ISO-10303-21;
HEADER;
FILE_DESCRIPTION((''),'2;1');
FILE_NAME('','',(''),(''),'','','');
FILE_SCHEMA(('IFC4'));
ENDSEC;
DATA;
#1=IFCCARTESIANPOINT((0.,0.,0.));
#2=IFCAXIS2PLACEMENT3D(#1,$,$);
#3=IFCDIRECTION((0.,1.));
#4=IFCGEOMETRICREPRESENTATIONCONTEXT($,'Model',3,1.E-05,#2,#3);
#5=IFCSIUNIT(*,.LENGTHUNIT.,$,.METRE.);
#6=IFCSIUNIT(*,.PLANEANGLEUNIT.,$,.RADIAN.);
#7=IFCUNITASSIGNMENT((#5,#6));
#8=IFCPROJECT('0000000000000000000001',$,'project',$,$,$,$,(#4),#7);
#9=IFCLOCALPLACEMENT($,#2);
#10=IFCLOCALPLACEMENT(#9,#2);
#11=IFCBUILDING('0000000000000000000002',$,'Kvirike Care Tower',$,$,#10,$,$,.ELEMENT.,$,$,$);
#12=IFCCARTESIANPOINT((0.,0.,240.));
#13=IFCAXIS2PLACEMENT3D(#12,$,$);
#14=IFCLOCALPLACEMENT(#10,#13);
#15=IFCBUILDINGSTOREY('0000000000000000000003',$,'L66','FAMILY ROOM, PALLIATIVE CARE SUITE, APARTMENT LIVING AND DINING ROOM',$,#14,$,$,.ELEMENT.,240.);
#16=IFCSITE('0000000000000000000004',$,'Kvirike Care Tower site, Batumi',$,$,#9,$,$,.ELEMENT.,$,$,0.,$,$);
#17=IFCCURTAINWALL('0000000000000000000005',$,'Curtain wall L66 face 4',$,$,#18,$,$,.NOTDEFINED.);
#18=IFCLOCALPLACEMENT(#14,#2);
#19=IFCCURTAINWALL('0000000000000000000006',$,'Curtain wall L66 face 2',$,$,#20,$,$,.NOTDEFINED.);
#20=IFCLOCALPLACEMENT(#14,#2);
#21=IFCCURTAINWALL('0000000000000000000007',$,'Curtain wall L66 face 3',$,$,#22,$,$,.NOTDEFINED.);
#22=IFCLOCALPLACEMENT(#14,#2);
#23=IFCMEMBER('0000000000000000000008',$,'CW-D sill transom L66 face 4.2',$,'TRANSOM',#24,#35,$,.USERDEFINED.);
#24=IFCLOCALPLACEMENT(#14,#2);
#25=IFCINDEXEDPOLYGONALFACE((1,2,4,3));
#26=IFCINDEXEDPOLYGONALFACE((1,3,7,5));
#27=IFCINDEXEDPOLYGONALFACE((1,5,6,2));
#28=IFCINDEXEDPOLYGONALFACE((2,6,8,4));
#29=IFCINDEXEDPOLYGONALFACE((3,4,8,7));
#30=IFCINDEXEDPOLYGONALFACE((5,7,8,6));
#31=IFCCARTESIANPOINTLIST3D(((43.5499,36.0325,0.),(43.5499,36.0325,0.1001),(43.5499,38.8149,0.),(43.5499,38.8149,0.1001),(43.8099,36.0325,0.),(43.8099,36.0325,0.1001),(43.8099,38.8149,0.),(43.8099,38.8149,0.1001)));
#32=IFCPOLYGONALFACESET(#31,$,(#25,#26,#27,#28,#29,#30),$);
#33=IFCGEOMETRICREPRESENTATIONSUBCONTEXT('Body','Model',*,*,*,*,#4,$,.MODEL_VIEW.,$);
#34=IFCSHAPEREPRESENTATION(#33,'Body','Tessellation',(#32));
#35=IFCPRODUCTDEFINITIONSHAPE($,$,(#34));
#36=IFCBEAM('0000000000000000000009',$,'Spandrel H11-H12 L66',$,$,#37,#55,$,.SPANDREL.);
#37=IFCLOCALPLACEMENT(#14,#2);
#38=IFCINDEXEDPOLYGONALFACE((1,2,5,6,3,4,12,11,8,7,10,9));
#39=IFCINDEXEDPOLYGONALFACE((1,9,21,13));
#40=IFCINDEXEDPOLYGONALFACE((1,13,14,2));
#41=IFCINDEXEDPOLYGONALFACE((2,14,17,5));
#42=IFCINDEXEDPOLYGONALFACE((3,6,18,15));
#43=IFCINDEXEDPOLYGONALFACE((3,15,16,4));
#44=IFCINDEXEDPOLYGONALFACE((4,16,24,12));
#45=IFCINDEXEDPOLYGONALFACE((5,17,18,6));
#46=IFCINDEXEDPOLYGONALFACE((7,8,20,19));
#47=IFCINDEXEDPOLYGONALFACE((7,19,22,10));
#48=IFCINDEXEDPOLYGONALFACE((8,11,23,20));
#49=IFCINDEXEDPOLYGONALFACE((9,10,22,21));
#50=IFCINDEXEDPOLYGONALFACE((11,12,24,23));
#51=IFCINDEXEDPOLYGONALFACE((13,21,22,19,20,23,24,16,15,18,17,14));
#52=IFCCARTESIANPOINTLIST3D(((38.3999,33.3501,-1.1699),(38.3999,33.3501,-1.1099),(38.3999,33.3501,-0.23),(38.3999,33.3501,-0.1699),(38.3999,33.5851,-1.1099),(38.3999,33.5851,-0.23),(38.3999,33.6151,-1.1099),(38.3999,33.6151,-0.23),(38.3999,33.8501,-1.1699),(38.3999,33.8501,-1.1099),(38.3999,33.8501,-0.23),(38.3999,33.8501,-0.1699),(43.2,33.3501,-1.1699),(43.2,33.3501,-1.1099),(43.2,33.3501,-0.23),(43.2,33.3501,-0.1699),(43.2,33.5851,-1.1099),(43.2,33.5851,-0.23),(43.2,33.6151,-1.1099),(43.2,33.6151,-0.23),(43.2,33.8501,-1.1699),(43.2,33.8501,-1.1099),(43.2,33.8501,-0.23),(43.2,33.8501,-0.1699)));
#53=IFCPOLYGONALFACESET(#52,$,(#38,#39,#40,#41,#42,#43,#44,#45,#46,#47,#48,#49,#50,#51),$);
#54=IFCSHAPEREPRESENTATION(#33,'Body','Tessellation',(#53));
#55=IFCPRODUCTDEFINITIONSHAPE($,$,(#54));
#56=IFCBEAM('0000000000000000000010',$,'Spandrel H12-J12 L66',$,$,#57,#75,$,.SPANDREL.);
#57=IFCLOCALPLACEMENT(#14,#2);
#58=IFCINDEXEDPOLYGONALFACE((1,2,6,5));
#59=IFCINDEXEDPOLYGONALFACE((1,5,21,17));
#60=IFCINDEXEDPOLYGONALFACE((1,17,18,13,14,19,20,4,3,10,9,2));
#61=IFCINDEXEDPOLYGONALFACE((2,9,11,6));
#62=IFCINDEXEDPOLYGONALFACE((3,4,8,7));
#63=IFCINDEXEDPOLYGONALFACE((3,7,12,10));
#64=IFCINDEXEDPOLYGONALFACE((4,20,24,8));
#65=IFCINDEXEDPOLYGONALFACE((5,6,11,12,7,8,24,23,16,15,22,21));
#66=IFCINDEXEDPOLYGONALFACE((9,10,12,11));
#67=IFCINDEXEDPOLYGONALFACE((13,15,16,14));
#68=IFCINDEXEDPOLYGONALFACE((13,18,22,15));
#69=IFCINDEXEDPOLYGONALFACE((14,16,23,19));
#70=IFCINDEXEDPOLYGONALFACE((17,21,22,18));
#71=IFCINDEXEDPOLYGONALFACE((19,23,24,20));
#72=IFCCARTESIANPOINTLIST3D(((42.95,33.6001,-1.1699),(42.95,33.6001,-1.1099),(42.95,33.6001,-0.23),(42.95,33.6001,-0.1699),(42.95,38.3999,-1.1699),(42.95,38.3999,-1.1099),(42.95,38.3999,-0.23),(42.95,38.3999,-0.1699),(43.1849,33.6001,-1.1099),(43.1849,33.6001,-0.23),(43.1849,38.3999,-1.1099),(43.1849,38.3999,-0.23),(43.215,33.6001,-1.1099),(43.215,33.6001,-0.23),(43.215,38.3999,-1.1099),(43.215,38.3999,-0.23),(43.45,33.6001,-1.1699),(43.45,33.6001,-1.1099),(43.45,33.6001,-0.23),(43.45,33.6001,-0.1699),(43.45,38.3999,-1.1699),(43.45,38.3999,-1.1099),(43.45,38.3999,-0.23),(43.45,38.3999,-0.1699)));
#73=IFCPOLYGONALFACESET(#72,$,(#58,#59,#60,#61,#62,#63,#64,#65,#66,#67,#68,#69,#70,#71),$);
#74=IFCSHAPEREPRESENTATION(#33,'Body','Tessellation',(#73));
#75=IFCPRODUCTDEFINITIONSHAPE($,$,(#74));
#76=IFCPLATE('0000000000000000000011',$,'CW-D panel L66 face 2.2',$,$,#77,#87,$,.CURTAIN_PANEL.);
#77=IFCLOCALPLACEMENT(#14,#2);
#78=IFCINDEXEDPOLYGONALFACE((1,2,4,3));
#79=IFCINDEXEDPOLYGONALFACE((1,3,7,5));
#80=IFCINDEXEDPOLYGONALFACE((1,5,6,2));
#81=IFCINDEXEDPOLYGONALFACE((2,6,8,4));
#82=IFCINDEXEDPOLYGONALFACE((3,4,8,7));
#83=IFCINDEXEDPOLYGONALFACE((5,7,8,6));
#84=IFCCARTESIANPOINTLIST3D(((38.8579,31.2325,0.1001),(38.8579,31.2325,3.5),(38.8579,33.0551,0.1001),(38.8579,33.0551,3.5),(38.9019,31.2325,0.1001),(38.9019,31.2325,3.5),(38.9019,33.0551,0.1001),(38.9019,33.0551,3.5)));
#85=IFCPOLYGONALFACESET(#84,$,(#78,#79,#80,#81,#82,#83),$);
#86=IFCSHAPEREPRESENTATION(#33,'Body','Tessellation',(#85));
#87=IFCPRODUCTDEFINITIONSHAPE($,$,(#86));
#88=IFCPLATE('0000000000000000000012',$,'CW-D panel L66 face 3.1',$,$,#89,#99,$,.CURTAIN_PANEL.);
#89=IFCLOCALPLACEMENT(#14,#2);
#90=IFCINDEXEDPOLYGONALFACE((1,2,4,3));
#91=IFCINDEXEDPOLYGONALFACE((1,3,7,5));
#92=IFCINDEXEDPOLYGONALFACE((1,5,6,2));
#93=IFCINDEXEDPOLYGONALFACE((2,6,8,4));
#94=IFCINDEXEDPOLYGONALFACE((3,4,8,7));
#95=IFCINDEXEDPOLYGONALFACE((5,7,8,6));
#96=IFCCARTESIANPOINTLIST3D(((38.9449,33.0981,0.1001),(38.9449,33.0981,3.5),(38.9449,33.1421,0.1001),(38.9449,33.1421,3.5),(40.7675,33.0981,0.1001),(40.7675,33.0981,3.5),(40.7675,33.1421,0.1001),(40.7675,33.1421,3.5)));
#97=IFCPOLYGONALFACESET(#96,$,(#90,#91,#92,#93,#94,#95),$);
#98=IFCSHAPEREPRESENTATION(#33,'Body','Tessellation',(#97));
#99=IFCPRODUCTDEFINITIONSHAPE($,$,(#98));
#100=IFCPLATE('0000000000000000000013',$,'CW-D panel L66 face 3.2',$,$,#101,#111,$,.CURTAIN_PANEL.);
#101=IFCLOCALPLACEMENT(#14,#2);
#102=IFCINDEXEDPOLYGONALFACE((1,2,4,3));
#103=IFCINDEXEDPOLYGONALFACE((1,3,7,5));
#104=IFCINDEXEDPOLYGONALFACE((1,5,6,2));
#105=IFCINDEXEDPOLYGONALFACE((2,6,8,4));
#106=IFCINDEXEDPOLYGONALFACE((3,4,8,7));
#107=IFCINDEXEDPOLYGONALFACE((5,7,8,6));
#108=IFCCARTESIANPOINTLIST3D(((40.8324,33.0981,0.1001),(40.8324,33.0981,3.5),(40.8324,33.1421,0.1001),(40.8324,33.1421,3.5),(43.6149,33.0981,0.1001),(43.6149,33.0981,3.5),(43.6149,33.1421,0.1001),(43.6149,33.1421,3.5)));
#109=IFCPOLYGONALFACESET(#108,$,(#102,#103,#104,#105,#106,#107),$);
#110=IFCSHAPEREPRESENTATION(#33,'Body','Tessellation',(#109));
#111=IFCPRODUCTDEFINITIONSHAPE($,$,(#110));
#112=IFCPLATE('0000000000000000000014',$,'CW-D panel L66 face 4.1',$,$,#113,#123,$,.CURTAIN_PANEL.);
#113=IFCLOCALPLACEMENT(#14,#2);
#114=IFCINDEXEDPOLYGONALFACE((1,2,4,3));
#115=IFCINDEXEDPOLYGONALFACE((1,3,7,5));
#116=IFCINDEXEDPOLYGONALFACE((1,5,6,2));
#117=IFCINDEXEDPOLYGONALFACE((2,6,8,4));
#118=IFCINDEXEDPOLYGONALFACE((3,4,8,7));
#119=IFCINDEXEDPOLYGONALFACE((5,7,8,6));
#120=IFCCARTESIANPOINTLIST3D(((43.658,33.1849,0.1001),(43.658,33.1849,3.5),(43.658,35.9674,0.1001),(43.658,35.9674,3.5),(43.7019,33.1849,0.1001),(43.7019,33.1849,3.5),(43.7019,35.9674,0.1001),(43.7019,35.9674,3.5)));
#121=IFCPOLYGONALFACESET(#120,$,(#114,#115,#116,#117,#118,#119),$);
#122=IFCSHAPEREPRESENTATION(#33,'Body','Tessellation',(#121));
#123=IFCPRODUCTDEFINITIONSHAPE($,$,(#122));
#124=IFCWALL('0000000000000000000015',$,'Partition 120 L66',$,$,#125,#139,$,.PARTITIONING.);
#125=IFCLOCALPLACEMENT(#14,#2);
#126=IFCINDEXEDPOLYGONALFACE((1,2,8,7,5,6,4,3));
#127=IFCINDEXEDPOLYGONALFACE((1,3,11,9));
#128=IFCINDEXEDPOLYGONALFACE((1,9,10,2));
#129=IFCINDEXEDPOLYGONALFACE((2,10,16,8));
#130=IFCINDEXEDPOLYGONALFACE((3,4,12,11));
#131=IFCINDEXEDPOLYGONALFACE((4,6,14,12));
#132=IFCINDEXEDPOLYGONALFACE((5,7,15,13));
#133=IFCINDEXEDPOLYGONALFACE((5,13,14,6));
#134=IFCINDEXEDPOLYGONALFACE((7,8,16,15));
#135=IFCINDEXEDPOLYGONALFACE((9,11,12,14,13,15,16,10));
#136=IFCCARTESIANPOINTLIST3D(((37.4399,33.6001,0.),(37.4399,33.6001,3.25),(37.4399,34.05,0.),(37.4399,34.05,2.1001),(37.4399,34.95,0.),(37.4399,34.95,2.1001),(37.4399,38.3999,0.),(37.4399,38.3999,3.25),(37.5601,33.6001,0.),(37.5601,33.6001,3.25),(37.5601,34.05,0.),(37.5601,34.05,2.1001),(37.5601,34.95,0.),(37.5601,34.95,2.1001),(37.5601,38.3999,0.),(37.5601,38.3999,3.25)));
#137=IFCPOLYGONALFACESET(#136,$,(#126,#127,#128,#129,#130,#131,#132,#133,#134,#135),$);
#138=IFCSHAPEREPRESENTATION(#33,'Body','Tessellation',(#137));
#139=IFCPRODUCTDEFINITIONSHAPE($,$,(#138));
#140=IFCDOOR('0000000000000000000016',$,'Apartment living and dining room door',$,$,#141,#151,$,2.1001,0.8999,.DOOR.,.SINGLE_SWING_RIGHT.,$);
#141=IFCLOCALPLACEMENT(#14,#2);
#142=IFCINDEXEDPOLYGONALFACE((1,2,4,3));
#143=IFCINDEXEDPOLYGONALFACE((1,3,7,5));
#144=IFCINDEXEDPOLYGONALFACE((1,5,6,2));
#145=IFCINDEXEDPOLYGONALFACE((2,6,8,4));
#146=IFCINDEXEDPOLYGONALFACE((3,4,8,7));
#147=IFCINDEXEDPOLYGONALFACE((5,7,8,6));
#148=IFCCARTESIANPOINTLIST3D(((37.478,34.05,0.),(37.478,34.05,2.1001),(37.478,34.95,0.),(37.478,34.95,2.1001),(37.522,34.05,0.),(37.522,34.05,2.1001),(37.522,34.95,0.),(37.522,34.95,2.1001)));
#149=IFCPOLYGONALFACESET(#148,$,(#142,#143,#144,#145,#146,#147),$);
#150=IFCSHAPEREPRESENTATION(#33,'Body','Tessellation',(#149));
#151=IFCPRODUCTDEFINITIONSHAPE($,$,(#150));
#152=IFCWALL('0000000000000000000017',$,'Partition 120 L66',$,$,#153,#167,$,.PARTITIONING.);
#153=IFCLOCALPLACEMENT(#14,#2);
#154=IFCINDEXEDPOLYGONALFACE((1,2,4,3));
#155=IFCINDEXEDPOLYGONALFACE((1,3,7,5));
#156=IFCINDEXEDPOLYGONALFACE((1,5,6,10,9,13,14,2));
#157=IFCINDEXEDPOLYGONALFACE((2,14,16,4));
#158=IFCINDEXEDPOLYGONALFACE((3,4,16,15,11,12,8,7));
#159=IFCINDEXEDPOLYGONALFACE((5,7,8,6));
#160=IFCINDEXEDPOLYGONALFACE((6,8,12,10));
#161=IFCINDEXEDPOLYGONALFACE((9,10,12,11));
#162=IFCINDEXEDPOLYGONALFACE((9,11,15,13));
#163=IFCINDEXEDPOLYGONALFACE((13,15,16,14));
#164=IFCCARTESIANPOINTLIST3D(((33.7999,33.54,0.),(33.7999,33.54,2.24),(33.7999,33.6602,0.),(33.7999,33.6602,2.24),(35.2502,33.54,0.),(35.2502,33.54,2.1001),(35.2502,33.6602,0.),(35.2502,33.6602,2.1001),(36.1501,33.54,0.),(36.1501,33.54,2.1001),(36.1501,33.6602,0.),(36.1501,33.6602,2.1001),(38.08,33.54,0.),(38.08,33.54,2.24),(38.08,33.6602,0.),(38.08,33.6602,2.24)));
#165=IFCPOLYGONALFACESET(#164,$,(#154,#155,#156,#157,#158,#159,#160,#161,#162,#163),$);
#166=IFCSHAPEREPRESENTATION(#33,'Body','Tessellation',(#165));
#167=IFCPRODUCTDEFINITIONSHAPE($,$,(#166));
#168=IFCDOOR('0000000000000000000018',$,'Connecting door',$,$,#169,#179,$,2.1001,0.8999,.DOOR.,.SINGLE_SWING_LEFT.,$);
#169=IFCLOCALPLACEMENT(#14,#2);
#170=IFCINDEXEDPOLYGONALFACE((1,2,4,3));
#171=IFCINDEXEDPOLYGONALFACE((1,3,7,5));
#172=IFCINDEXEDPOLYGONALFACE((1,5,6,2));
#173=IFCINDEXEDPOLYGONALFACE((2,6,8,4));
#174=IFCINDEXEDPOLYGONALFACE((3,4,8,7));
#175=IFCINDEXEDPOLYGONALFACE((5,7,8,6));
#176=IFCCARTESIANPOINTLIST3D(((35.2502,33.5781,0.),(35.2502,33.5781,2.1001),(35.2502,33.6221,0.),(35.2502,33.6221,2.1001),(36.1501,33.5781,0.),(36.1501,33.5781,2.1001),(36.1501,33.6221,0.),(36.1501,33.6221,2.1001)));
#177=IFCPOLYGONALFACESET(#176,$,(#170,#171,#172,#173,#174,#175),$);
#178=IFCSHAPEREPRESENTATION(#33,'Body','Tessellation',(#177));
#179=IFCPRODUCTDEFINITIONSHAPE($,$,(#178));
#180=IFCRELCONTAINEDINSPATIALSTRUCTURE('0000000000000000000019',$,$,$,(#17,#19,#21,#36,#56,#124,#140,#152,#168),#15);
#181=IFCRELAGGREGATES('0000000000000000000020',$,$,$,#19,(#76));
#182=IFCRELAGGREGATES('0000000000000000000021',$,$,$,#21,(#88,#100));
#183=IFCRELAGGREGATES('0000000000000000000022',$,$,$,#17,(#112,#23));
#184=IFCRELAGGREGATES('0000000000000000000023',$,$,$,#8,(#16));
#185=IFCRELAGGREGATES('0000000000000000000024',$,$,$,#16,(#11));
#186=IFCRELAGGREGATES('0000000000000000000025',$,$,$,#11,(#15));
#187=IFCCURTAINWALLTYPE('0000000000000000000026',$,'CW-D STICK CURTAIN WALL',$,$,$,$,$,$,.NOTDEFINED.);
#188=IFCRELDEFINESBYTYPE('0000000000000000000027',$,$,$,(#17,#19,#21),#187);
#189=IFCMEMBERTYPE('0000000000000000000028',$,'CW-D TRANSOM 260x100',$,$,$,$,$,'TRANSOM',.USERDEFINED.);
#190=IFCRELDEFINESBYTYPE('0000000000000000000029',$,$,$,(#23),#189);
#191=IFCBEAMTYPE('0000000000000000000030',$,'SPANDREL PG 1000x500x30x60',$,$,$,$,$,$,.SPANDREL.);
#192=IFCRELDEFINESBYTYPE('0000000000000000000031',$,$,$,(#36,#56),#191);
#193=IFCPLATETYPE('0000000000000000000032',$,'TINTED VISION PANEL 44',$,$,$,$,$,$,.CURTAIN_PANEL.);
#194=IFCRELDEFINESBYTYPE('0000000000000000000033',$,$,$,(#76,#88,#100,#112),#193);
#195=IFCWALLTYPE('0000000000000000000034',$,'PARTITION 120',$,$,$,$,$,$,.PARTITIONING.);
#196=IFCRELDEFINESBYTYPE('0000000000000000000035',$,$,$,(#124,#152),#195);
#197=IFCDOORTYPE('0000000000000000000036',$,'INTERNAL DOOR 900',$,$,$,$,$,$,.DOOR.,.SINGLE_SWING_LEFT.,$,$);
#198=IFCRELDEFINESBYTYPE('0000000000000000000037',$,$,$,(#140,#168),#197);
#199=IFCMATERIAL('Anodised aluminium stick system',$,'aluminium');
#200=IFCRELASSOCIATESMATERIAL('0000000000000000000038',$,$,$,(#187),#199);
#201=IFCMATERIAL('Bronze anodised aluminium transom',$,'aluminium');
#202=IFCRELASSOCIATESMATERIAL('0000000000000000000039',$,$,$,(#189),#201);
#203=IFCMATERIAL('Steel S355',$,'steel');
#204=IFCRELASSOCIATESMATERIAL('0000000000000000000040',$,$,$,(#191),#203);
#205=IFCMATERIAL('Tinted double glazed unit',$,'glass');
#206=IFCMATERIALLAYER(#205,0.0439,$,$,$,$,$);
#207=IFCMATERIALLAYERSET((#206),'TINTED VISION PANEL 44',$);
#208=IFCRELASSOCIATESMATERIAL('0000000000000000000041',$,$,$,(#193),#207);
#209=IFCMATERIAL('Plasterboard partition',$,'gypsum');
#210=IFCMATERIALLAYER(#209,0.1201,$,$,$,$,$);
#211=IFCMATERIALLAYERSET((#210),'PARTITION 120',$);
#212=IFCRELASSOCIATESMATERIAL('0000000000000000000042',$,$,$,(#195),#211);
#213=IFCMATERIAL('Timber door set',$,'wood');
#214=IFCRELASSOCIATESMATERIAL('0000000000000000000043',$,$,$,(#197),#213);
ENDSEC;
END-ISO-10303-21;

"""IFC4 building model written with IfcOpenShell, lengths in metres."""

from ifc_helpers import new_model, si_unit, direction, frame, frame_2d, origin, origin_2d, place, context, subcontext, project, spatial, rectangle, i_section, extrude, material, layer, layer_set, material_profile, profile_set, type_object, element, fill, aggregate, save


model = new_model("IFC4")

# Units and contexts
model_context = context("Model", 3, precision=1e-05, world=origin(), true_north=direction((0.0, 1.0)))
body_context = subcontext(model_context, "Body", "Model", "MODEL_VIEW")
ifc_project = project(units=[si_unit("LENGTHUNIT", "METRE"), si_unit("PLANEANGLEUNIT", "RADIAN")], contexts=[model_context])

# Site, building, storey
site_placement = place(None, origin())
site = spatial("IfcSite", under=ifc_project, at=site_placement, Name="Kvirike Care Tower site, Batumi", CompositionType="ELEMENT", RefElevation=0.0)
building_placement = place(site_placement, origin())
building = spatial("IfcBuilding", under=site, at=building_placement, Name="Kvirike Care Tower", CompositionType="ELEMENT")
storey_placement = place(building_placement, frame((0.0, 0.0, 240.0)))
storey = spatial("IfcBuildingStorey", under=building, at=storey_placement, Name="L66", Description="FAMILY ROOM, PALLIATIVE CARE SUITE, APARTMENT LIVING AND DINING ROOM", CompositionType="ELEMENT", Elevation=240.0)

# Curtain walls
ifc_material_1 = material(Name="Anodised aluminium stick system", Category="aluminium")
curtain_wall_type = type_object("IfcCurtainWallType", Name="CW-D STICK CURTAIN WALL", PredefinedType="NOTDEFINED", material=ifc_material_1)
curtain_wall_1_placement = place(storey_placement, origin())
curtain_wall_1 = element("IfcCurtainWall", 1, at=curtain_wall_1_placement, inside=storey, type_object=curtain_wall_type, Name="Curtain wall L66 face 4", PredefinedType="NOTDEFINED")
curtain_wall_2_placement = place(storey_placement, origin())
curtain_wall_2 = element("IfcCurtainWall", 2, at=curtain_wall_2_placement, inside=storey, type_object=curtain_wall_type, Name="Curtain wall L66 face 2", PredefinedType="NOTDEFINED")

# Curtain wall
curtain_wall_3_placement = place(storey_placement, origin())
curtain_wall_3 = element("IfcCurtainWall", 3, at=curtain_wall_3_placement, inside=storey, type_object=curtain_wall_type, Name="Curtain wall L66 face 3", PredefinedType="NOTDEFINED")

# Member
ifc_material_2 = material(Name="Bronze anodised aluminium transom", Category="aluminium")
ifc_material_profile_1 = material_profile(ifc_material_2, rectangle(XDim=0.26, YDim=0.1001, at=origin_2d()), Name="CW-D TRANSOM 260x100")
ifc_profile_set_1 = profile_set([ifc_material_profile_1], Name="Bronze anodised aluminium transom")
member_type_1 = type_object("IfcMemberType", Name="CW-D TRANSOM 260x100", ElementType="TRANSOM", PredefinedType="USERDEFINED", material=ifc_profile_set_1)
member_1_placement = place(storey_placement, frame((43.6799, 36.0325, 0.05), z_axis=(0.0, 1.0, 0.0), x_axis=(-1.0, 0.0, 0.0)))
member_1 = element("IfcMember", 4, at=member_1_placement, type_object=member_type_1, Name="CW-D sill transom L66 face 4.2", ObjectType="TRANSOM", PredefinedType="USERDEFINED", context=body_context, shape_type="SweptSolid", body=[
    extrude(rectangle(XDim=0.26, YDim=0.1001, at=origin_2d()), origin(), (0.0, 0.0, 1.0), 2.7825),
])

# Beams
ifc_material_3 = material(Name="Steel S355", Category="steel")
ifc_material_profile_2 = material_profile(ifc_material_3, i_section(OverallWidth=0.5, OverallDepth=1.0, WebThickness=0.03, FlangeThickness=0.0601, at=origin_2d()), Name="PG 1000x500x30x60")
ifc_profile_set_2 = profile_set([ifc_material_profile_2], Name="Steel S355")
beam_type = type_object("IfcBeamType", Name="SPANDREL PG 1000x500x30x60", PredefinedType="SPANDREL", material=ifc_profile_set_2)
beam_1_placement = place(storey_placement, frame((38.3999, 33.6001, -0.6699), z_axis=(1.0, 0.0, 0.0), x_axis=(0.0, 1.0, 0.0)))
element("IfcBeam", 5, at=beam_1_placement, inside=storey, type_object=beam_type, Name="Spandrel H11-H12 L66", PredefinedType="SPANDREL", context=body_context, shape_type="SweptSolid", body=[
    extrude(i_section(OverallWidth=0.5, OverallDepth=1.0, WebThickness=0.03, FlangeThickness=0.0601, at=origin_2d()), origin(), (0.0, 0.0, 1.0), 4.8),
])
beam_2_placement = place(storey_placement, frame((43.2, 33.6001, -0.6699), z_axis=(0.0, 1.0, 0.0), x_axis=(-1.0, 0.0, 0.0)))
element("IfcBeam", 6, at=beam_2_placement, inside=storey, type_object=beam_type, Name="Spandrel H12-J12 L66", PredefinedType="SPANDREL", context=body_context, shape_type="SweptSolid", body=[
    extrude(i_section(OverallWidth=0.5, OverallDepth=1.0, WebThickness=0.03, FlangeThickness=0.0601, at=origin_2d()), origin(), (0.0, 0.0, 1.0), 4.7998),
])

# Plates
ifc_material_4 = material(Name="Tinted double glazed unit", Category="glass")
ifc_layer_1 = layer(ifc_material_4, 0.0439)
ifc_layer_set_1 = layer_set([ifc_layer_1], Name="TINTED VISION PANEL 44")
plate_type = type_object("IfcPlateType", Name="TINTED VISION PANEL 44", PredefinedType="CURTAIN_PANEL", material=ifc_layer_set_1)
plate_1_placement = place(storey_placement, frame((38.8799, 32.1438, 0.1001), z_axis=(0.0, 0.0, 1.0), x_axis=(0.0, 1.0, 0.0)))
plate_1 = element("IfcPlate", 7, at=plate_1_placement, type_object=plate_type, Name="CW-D panel L66 face 2.2", PredefinedType="CURTAIN_PANEL", context=body_context, shape_type="SweptSolid", body=[
    extrude(rectangle(XDim=1.8225, YDim=0.0439, at=origin_2d()), origin(), (0.0, 0.0, 1.0), 3.3999),
])
aggregate(curtain_wall_2, [plate_1])
plate_2_placement = place(storey_placement, frame((39.8562, 33.1201, 0.1001), z_axis=(0.0, 0.0, 1.0), x_axis=(1.0, 0.0, 0.0)))
plate_2 = element("IfcPlate", 8, at=plate_2_placement, type_object=plate_type, Name="CW-D panel L66 face 3.1", PredefinedType="CURTAIN_PANEL", context=body_context, shape_type="SweptSolid", body=[
    extrude(rectangle(XDim=1.8225, YDim=0.0439, at=origin_2d()), origin(), (0.0, 0.0, 1.0), 3.3999),
])
plate_3_placement = place(storey_placement, frame((42.2236, 33.1201, 0.1001), z_axis=(0.0, 0.0, 1.0), x_axis=(1.0, 0.0, 0.0)))
plate_3 = element("IfcPlate", 9, at=plate_3_placement, type_object=plate_type, Name="CW-D panel L66 face 3.2", PredefinedType="CURTAIN_PANEL", context=body_context, shape_type="SweptSolid", body=[
    extrude(rectangle(XDim=2.7825, YDim=0.0439, at=origin_2d()), origin(), (0.0, 0.0, 1.0), 3.3999),
])
aggregate(curtain_wall_3, [plate_2, plate_3])
plate_4_placement = place(storey_placement, frame((43.6799, 34.5762, 0.1001), z_axis=(0.0, 0.0, 1.0), x_axis=(0.0, 1.0, 0.0)))
plate_4 = element("IfcPlate", 10, at=plate_4_placement, type_object=plate_type, Name="CW-D panel L66 face 4.1", PredefinedType="CURTAIN_PANEL", context=body_context, shape_type="SweptSolid", body=[
    extrude(rectangle(XDim=2.7825, YDim=0.0439, at=origin_2d()), origin(), (0.0, 0.0, 1.0), 3.3999),
])
aggregate(curtain_wall_1, [plate_4, member_1])

# Walls, openings, doors
ifc_material_5 = material(Name="Plasterboard partition", Category="gypsum")
ifc_layer_2 = layer(ifc_material_5, 0.1201)
ifc_layer_set_2 = layer_set([ifc_layer_2], Name="PARTITION 120")
wall_type_1 = type_object("IfcWallType", Name="PARTITION 120", PredefinedType="PARTITIONING", material=ifc_layer_set_2)
wall_1_placement = place(storey_placement, frame((37.5, 33.6001, 0.0), z_axis=(0.0, 0.0, 1.0), x_axis=(0.0, 1.0, 0.0)))
wall_1 = element("IfcWall", 11, at=wall_1_placement, inside=storey, type_object=wall_type_1, Name="Partition 120 L66", PredefinedType="PARTITIONING", context=body_context, shape_type="SweptSolid", body=[
    extrude(rectangle(XDim=4.7998, YDim=0.1201, at=frame_2d((2.3999, 0.0))), origin(), (0.0, 0.0, 1.0), 3.25),
])
opening_1_placement = place(wall_1_placement, frame((0.45, 0.0, 0.0)))
opening_1 = element("IfcOpeningElement", 12, at=opening_1_placement, cuts=wall_1, PredefinedType="OPENING", context=body_context, shape_type="SweptSolid", body=[
    extrude(rectangle(XDim=0.8999, YDim=2.1001, at=frame_2d((0.45, 1.05))), frame((0.0, 0.0706, 0.0), z_axis=(0.0, -1.0, 0.0), x_axis=(1.0, 0.0, 0.0)), (0.0, 0.0, 1.0), 0.1411),
])
ifc_material_6 = material(Name="Timber door set", Category="wood")
door_type = type_object("IfcDoorType", Name="INTERNAL DOOR 900", OperationType="SINGLE_SWING_LEFT", PredefinedType="DOOR", material=ifc_material_6)
door_1_placement = place(opening_1_placement, origin())
door_1 = element("IfcDoor", 13, at=door_1_placement, inside=storey, type_object=door_type, Name="Apartment living and dining room door", OperationType="SINGLE_SWING_RIGHT", OverallHeight=2.1001, OverallWidth=0.8999, PredefinedType="DOOR", context=body_context, shape_type="SweptSolid", body=[
    extrude(rectangle(XDim=0.8999, YDim=2.1001, at=frame_2d((0.45, 1.05))), frame((0.0, 0.022, 0.0), z_axis=(0.0, -1.0, 0.0), x_axis=(1.0, 0.0, 0.0)), (0.0, 0.0, 1.0), 0.0439),
])
fill(opening_1, door_1)
wall_2_placement = place(storey_placement, frame((38.0801, 33.6001, 0.0), z_axis=(0.0, 0.0, 1.0), x_axis=(-1.0, 0.0, 0.0)))
wall_2 = element("IfcWall", 14, at=wall_2_placement, inside=storey, type_object=wall_type_1, Name="Partition 120 L66", PredefinedType="PARTITIONING", context=body_context, shape_type="SweptSolid", body=[
    extrude(rectangle(XDim=4.28, YDim=0.1201, at=frame_2d((2.1401, 0.0))), origin(), (0.0, 0.0, 1.0), 2.24),
])
opening_2_placement = place(wall_2_placement, frame((1.9299, 0.0, 0.0)))
opening_2 = element("IfcOpeningElement", 15, at=opening_2_placement, cuts=wall_2, PredefinedType="OPENING", context=body_context, shape_type="SweptSolid", body=[
    extrude(rectangle(XDim=0.8999, YDim=2.1001, at=frame_2d((0.45, 1.05))), frame((0.0, 0.0706, 0.0), z_axis=(0.0, -1.0, 0.0), x_axis=(1.0, 0.0, 0.0)), (0.0, 0.0, 1.0), 0.1411),
])
door_2_placement = place(opening_2_placement, origin())
door_2 = element("IfcDoor", 16, at=door_2_placement, inside=storey, type_object=door_type, Name="Connecting door", OperationType="SINGLE_SWING_LEFT", OverallHeight=2.1001, OverallWidth=0.8999, PredefinedType="DOOR", context=body_context, shape_type="SweptSolid", body=[
    extrude(rectangle(XDim=0.8999, YDim=2.1001, at=frame_2d((0.45, 1.05))), frame((0.0, 0.022, 0.0), z_axis=(0.0, -1.0, 0.0), x_axis=(1.0, 0.0, 0.0)), (0.0, 0.0, 1.0), 0.0439),
])
fill(opening_2, door_2)

save(model, "model.ifc")
